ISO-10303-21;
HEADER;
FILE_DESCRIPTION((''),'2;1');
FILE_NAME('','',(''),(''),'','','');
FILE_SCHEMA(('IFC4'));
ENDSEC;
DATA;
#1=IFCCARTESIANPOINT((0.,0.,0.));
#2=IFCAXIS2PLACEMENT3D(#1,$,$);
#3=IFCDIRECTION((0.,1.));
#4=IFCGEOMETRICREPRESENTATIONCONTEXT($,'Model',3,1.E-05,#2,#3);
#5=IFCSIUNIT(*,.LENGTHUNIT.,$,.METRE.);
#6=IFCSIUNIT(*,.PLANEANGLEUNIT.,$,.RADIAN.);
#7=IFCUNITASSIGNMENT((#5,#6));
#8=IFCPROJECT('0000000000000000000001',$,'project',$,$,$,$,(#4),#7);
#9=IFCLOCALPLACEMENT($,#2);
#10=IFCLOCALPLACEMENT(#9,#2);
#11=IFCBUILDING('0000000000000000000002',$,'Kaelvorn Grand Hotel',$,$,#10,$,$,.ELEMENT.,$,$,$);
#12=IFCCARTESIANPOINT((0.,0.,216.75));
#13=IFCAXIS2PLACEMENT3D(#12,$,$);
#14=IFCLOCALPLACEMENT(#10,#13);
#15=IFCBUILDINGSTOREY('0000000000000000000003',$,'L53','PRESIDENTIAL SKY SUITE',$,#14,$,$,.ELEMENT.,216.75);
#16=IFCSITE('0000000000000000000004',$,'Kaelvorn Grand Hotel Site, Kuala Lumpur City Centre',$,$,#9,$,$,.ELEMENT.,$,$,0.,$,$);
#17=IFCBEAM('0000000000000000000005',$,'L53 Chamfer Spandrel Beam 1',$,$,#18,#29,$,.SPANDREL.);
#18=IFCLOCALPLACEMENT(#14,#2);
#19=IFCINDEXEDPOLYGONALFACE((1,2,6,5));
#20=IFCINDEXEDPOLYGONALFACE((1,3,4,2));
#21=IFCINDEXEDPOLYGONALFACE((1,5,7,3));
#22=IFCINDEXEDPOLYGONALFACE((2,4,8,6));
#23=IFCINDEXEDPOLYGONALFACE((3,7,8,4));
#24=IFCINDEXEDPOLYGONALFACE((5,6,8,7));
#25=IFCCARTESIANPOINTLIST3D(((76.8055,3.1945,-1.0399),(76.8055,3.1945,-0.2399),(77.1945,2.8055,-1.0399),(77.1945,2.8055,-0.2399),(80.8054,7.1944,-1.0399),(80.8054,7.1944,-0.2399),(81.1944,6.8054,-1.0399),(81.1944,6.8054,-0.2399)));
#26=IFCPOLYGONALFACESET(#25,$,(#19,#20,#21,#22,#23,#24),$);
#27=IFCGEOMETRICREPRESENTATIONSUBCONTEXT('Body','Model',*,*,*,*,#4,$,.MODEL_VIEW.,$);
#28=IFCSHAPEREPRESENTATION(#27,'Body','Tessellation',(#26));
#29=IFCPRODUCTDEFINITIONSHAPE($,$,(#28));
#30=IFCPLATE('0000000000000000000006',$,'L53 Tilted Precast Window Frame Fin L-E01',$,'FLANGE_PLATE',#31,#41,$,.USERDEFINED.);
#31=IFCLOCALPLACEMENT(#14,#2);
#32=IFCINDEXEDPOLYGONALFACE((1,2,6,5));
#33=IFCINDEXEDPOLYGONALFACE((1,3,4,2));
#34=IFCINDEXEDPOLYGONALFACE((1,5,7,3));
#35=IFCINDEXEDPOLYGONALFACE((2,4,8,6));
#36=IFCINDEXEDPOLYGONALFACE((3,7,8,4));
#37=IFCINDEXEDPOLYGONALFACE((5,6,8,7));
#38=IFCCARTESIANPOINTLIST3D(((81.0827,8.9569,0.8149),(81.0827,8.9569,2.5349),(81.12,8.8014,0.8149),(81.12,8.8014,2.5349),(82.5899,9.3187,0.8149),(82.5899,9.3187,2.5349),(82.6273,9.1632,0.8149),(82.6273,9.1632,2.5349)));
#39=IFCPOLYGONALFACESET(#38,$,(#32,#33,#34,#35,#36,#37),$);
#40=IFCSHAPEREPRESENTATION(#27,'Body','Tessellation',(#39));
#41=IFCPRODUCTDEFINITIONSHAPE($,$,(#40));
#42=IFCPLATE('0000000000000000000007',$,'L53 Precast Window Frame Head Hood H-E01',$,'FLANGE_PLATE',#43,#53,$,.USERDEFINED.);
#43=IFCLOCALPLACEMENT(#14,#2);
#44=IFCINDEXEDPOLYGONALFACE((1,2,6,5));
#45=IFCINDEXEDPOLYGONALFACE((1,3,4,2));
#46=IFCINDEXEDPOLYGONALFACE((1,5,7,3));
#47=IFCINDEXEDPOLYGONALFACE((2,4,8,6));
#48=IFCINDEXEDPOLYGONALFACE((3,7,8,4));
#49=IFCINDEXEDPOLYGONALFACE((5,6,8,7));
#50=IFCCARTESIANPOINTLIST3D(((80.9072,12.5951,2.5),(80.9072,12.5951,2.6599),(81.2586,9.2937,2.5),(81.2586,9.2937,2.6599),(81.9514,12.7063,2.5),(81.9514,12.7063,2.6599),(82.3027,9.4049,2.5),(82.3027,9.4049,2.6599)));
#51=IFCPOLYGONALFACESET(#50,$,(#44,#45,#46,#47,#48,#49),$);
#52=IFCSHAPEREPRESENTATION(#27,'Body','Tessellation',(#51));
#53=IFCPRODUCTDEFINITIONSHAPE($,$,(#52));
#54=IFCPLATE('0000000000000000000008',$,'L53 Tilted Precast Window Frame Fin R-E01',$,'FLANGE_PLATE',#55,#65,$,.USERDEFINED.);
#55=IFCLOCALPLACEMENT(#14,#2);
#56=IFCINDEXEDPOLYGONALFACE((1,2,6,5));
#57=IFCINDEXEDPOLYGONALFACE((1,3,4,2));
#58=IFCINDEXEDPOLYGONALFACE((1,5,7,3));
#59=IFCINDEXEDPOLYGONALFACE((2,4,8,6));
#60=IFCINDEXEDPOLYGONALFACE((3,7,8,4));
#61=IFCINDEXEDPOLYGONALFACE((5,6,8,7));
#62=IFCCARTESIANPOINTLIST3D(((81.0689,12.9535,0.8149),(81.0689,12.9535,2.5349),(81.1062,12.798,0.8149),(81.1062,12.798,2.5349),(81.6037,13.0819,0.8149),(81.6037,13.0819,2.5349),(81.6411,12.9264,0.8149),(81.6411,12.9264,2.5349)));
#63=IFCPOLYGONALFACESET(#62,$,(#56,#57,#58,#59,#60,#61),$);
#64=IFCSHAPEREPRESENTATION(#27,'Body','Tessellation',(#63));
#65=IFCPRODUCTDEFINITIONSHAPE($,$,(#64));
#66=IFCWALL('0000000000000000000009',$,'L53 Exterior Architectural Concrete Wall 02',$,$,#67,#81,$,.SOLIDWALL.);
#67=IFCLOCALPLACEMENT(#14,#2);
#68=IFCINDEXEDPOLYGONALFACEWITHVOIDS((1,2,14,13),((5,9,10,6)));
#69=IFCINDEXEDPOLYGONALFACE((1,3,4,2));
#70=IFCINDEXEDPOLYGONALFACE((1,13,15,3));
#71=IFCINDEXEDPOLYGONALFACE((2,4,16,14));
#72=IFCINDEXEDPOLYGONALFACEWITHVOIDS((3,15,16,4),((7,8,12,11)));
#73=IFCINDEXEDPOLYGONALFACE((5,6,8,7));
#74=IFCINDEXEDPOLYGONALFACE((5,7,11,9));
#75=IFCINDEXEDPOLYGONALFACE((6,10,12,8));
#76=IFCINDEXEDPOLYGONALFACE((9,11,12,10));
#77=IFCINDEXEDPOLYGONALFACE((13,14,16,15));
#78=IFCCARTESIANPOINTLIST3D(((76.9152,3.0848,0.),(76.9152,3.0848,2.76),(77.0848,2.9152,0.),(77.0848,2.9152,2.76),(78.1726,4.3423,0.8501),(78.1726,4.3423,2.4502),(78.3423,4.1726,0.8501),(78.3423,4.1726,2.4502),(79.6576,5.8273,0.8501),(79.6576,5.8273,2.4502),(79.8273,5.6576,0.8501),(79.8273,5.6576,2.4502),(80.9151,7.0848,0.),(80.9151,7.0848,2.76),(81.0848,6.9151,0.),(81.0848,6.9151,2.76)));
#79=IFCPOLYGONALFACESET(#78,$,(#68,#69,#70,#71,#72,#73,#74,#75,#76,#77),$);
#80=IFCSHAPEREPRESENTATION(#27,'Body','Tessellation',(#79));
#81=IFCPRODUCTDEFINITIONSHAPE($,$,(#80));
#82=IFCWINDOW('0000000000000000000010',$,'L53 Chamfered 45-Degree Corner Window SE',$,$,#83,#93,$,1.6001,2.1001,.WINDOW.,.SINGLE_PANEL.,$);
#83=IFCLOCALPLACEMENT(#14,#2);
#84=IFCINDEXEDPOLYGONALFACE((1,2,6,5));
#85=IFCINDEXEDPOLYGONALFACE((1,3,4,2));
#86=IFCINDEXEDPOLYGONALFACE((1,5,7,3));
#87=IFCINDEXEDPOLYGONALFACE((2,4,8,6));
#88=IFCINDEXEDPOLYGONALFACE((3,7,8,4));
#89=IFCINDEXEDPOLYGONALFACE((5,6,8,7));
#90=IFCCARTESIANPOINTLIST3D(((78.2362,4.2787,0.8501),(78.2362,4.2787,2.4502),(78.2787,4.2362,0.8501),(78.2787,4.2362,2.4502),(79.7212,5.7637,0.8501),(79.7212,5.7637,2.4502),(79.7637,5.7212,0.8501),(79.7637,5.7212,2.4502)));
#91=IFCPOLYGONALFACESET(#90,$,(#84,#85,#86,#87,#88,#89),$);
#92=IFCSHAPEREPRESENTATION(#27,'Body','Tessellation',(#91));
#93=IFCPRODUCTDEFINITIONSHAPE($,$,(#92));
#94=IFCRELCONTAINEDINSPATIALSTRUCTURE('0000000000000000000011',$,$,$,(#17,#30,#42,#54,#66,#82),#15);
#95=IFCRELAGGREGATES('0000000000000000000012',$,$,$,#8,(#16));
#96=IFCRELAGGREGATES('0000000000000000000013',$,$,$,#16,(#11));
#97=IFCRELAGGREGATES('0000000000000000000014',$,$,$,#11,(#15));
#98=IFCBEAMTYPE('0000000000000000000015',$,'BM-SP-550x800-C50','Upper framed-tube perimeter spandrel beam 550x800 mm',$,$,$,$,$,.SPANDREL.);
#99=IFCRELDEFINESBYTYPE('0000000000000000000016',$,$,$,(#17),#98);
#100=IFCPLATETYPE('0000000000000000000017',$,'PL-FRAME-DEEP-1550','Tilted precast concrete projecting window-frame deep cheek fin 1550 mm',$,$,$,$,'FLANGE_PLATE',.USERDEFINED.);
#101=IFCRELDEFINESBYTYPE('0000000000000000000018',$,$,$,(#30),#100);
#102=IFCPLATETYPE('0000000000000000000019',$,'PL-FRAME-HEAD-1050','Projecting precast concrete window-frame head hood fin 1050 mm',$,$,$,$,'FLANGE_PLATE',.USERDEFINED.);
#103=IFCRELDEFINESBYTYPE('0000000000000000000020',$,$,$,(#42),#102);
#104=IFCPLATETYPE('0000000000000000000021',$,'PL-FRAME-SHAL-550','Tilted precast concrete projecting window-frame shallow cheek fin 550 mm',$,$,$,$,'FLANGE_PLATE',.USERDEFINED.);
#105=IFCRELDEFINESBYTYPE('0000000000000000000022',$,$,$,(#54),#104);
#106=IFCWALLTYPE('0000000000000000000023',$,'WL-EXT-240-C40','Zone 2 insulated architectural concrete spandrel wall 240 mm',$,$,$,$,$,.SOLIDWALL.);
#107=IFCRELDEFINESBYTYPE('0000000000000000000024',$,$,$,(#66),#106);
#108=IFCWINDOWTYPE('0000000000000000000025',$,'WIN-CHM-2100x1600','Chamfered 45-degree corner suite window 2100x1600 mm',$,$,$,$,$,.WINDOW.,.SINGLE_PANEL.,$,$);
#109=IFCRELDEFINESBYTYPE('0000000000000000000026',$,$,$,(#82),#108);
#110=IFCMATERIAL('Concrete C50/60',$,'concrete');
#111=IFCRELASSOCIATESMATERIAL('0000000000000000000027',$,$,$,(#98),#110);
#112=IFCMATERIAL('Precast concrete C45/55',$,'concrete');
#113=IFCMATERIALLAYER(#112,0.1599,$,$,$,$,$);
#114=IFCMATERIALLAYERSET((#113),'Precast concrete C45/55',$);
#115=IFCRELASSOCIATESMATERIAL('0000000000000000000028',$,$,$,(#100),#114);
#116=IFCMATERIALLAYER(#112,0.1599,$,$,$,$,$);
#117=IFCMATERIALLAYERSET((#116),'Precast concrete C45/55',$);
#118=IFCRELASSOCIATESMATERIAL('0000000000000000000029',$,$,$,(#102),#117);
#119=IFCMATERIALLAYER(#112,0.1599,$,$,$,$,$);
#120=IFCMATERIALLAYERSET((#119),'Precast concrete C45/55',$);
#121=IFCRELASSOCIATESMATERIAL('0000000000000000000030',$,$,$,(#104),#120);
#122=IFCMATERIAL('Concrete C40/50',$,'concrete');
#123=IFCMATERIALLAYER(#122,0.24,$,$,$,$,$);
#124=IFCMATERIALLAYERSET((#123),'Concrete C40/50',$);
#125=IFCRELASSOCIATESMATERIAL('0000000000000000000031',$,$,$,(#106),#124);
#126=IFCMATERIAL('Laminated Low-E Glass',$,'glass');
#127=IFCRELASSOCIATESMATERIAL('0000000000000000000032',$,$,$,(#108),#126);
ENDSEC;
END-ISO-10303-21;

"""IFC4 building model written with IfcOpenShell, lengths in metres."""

from ifc_helpers import new_model, si_unit, direction, frame, frame_2d, origin, origin_2d, place, context, subcontext, project, spatial, rectangle, extrude, material, layer, layer_set, material_profile, profile_set, type_object, element, fill, save


model = new_model("IFC4")

# Units and contexts
model_context = context("Model", 3, precision=1e-05, world=origin(), true_north=direction((0.0, 1.0)))
body_context = subcontext(model_context, "Body", "Model", "MODEL_VIEW")
ifc_project = project(units=[si_unit("LENGTHUNIT", "METRE"), si_unit("PLANEANGLEUNIT", "RADIAN")], contexts=[model_context])

# Site, building, storey
site_placement = place(None, origin())
site = spatial("IfcSite", under=ifc_project, at=site_placement, Name="Kaelvorn Grand Hotel Site, Kuala Lumpur City Centre", CompositionType="ELEMENT", RefElevation=0.0)
building_placement = place(site_placement, origin())
building = spatial("IfcBuilding", under=site, at=building_placement, Name="Kaelvorn Grand Hotel", CompositionType="ELEMENT")
storey_placement = place(building_placement, frame((0.0, 0.0, 216.75)))
storey = spatial("IfcBuildingStorey", under=building, at=storey_placement, Name="L53", Description="PRESIDENTIAL SKY SUITE", CompositionType="ELEMENT", Elevation=216.75)

# Beam
ifc_material_1 = material(Name="Concrete C40/50", Category="concrete")
ifc_material_2 = material(Name="Concrete C50/60", Category="concrete")
ifc_material_profile_1 = material_profile(ifc_material_2, rectangle(XDim=0.55, YDim=0.8, at=origin_2d()), Name="RC SPANDREL 550x800")
ifc_profile_set_1 = profile_set([ifc_material_profile_1], Name="Concrete C50/60")
beam_type_1 = type_object("IfcBeamType", Name="BM-SP-550x800-C50", Description="Upper framed-tube perimeter spandrel beam 550x800 mm", PredefinedType="SPANDREL", material=ifc_profile_set_1)
beam_1_placement = place(storey_placement, frame((77.0, 3.0, -0.6399), z_axis=(0.707107, 0.707107, 0.0), x_axis=(-0.707107, 0.707107, 0.0)))
element("IfcBeam", 1, at=beam_1_placement, inside=storey, type_object=beam_type_1, Name="L53 Chamfer Spandrel Beam 1", PredefinedType="SPANDREL", context=body_context, shape_type="SweptSolid", body=[
    extrude(rectangle(XDim=0.55, YDim=0.8, at=origin_2d()), origin(), (0.0, 0.0, 1.0), 5.6567),
])

# Plates
ifc_material_3 = material(Name="Precast concrete C45/55", Category="concrete")
ifc_layer_1 = layer(ifc_material_3, 0.1599)
ifc_layer_set_1 = layer_set([ifc_layer_1], Name="Precast concrete C45/55")
plate_type_1 = type_object("IfcPlateType", Name="PL-FRAME-DEEP-1550", Description="Tilted precast concrete projecting window-frame deep cheek fin 1550 mm", ElementType="FLANGE_PLATE", PredefinedType="USERDEFINED", material=ifc_layer_set_1)
plate_1_placement = place(storey_placement, frame((81.855, 9.0601, 0.8149), z_axis=(0.0, 0.0, 1.0), x_axis=(-0.233445, 0.97237, 0.0)))
element("IfcPlate", 2, at=plate_1_placement, inside=storey, type_object=plate_type_1, Name="L53 Tilted Precast Window Frame Fin L-E01", ObjectType="FLANGE_PLATE", PredefinedType="USERDEFINED", context=body_context, shape_type="SweptSolid", body=[
    extrude(rectangle(XDim=0.1599, YDim=1.55, at=origin_2d()), origin(), (0.0, 0.0, 1.0), 1.72),
])
ifc_layer_2 = layer(ifc_material_3, 0.1599)
ifc_layer_set_2 = layer_set([ifc_layer_2], Name="Precast concrete C45/55")
plate_type_2 = type_object("IfcPlateType", Name="PL-FRAME-HEAD-1050", Description="Projecting precast concrete window-frame head hood fin 1050 mm", ElementType="FLANGE_PLATE", PredefinedType="USERDEFINED", material=ifc_layer_set_2)
plate_2_placement = place(storey_placement, frame((81.605, 11.0, 2.5), z_axis=(0.0, 0.0, 1.0), x_axis=(-0.10583, 0.994384, 0.0)))
element("IfcPlate", 3, at=plate_2_placement, inside=storey, type_object=plate_type_2, Name="L53 Precast Window Frame Head Hood H-E01", ObjectType="FLANGE_PLATE", PredefinedType="USERDEFINED", context=body_context, shape_type="SweptSolid", body=[
    extrude(rectangle(XDim=3.3201, YDim=1.05, at=origin_2d()), origin(), (0.0, 0.0, 1.0), 0.1599),
])
ifc_layer_3 = layer(ifc_material_3, 0.1599)
ifc_layer_set_3 = layer_set([ifc_layer_3], Name="Precast concrete C45/55")
plate_type_3 = type_object("IfcPlateType", Name="PL-FRAME-SHAL-550", Description="Tilted precast concrete projecting window-frame shallow cheek fin 550 mm", ElementType="FLANGE_PLATE", PredefinedType="USERDEFINED", material=ifc_layer_set_3)
plate_3_placement = place(storey_placement, frame((81.355, 12.9399, 0.8149), z_axis=(0.0, 0.0, 1.0), x_axis=(-0.233445, 0.97237, 0.0)))
element("IfcPlate", 4, at=plate_3_placement, inside=storey, type_object=plate_type_3, Name="L53 Tilted Precast Window Frame Fin R-E01", ObjectType="FLANGE_PLATE", PredefinedType="USERDEFINED", context=body_context, shape_type="SweptSolid", body=[
    extrude(rectangle(XDim=0.1599, YDim=0.55, at=origin_2d()), origin(), (0.0, 0.0, 1.0), 1.72),
])

# Wall, opening, window
ifc_layer_4 = layer(ifc_material_1, 0.24)
ifc_layer_set_4 = layer_set([ifc_layer_4], Name="Concrete C40/50")
wall_type_1 = type_object("IfcWallType", Name="WL-EXT-240-C40", Description="Zone 2 insulated architectural concrete spandrel wall 240 mm", PredefinedType="SOLIDWALL", material=ifc_layer_set_4)
wall_1_placement = place(storey_placement, frame((77.0, 3.0, 0.0), z_axis=(0.0, 0.0, 1.0), x_axis=(0.707107, 0.707107, 0.0)))
wall_1 = element("IfcWall", 5, at=wall_1_placement, inside=storey, type_object=wall_type_1, Name="L53 Exterior Architectural Concrete Wall 02", PredefinedType="SOLIDWALL", context=body_context, shape_type="SweptSolid", body=[
    extrude(rectangle(XDim=5.6567, YDim=0.24, at=frame_2d((2.8284, 0.0))), origin(), (0.0, 0.0, 1.0), 2.76),
])
opening_1_placement = place(wall_1_placement, frame((1.7783, 0.0, 0.8501)))
opening_1 = element("IfcOpeningElement", 6, at=opening_1_placement, cuts=wall_1, PredefinedType="OPENING", context=body_context, shape_type="SweptSolid", body=[
    extrude(rectangle(XDim=2.1001, YDim=1.6001, at=frame_2d((1.05, 0.8))), frame((0.0, 0.1299, 0.0), z_axis=(0.0, -1.0, 0.0), x_axis=(1.0, 0.0, 0.0)), (0.0, 0.0, 1.0), 0.26),
])
ifc_material_4 = material(Name="Laminated Low-E Glass", Category="glass")
window_type_1 = type_object("IfcWindowType", Name="WIN-CHM-2100x1600", Description="Chamfered 45-degree corner suite window 2100x1600 mm", PartitioningType="SINGLE_PANEL", PredefinedType="WINDOW", material=ifc_material_4)
window_1_placement = place(opening_1_placement, origin())
window_1 = element("IfcWindow", 7, at=window_1_placement, inside=storey, type_object=window_type_1, Name="L53 Chamfered 45-Degree Corner Window SE", OverallHeight=1.6001, OverallWidth=2.1001, PartitioningType="SINGLE_PANEL", PredefinedType="WINDOW", context=body_context, shape_type="SweptSolid", body=[
    extrude(rectangle(XDim=2.1001, YDim=1.6001, at=frame_2d((1.05, 0.8))), frame((0.0, 0.03, 0.0), z_axis=(0.0, -1.0, 0.0), x_axis=(1.0, 0.0, 0.0)), (0.0, 0.0, 1.0), 0.0601),
])
fill(opening_1, window_1)

save(model, "model.ifc")
